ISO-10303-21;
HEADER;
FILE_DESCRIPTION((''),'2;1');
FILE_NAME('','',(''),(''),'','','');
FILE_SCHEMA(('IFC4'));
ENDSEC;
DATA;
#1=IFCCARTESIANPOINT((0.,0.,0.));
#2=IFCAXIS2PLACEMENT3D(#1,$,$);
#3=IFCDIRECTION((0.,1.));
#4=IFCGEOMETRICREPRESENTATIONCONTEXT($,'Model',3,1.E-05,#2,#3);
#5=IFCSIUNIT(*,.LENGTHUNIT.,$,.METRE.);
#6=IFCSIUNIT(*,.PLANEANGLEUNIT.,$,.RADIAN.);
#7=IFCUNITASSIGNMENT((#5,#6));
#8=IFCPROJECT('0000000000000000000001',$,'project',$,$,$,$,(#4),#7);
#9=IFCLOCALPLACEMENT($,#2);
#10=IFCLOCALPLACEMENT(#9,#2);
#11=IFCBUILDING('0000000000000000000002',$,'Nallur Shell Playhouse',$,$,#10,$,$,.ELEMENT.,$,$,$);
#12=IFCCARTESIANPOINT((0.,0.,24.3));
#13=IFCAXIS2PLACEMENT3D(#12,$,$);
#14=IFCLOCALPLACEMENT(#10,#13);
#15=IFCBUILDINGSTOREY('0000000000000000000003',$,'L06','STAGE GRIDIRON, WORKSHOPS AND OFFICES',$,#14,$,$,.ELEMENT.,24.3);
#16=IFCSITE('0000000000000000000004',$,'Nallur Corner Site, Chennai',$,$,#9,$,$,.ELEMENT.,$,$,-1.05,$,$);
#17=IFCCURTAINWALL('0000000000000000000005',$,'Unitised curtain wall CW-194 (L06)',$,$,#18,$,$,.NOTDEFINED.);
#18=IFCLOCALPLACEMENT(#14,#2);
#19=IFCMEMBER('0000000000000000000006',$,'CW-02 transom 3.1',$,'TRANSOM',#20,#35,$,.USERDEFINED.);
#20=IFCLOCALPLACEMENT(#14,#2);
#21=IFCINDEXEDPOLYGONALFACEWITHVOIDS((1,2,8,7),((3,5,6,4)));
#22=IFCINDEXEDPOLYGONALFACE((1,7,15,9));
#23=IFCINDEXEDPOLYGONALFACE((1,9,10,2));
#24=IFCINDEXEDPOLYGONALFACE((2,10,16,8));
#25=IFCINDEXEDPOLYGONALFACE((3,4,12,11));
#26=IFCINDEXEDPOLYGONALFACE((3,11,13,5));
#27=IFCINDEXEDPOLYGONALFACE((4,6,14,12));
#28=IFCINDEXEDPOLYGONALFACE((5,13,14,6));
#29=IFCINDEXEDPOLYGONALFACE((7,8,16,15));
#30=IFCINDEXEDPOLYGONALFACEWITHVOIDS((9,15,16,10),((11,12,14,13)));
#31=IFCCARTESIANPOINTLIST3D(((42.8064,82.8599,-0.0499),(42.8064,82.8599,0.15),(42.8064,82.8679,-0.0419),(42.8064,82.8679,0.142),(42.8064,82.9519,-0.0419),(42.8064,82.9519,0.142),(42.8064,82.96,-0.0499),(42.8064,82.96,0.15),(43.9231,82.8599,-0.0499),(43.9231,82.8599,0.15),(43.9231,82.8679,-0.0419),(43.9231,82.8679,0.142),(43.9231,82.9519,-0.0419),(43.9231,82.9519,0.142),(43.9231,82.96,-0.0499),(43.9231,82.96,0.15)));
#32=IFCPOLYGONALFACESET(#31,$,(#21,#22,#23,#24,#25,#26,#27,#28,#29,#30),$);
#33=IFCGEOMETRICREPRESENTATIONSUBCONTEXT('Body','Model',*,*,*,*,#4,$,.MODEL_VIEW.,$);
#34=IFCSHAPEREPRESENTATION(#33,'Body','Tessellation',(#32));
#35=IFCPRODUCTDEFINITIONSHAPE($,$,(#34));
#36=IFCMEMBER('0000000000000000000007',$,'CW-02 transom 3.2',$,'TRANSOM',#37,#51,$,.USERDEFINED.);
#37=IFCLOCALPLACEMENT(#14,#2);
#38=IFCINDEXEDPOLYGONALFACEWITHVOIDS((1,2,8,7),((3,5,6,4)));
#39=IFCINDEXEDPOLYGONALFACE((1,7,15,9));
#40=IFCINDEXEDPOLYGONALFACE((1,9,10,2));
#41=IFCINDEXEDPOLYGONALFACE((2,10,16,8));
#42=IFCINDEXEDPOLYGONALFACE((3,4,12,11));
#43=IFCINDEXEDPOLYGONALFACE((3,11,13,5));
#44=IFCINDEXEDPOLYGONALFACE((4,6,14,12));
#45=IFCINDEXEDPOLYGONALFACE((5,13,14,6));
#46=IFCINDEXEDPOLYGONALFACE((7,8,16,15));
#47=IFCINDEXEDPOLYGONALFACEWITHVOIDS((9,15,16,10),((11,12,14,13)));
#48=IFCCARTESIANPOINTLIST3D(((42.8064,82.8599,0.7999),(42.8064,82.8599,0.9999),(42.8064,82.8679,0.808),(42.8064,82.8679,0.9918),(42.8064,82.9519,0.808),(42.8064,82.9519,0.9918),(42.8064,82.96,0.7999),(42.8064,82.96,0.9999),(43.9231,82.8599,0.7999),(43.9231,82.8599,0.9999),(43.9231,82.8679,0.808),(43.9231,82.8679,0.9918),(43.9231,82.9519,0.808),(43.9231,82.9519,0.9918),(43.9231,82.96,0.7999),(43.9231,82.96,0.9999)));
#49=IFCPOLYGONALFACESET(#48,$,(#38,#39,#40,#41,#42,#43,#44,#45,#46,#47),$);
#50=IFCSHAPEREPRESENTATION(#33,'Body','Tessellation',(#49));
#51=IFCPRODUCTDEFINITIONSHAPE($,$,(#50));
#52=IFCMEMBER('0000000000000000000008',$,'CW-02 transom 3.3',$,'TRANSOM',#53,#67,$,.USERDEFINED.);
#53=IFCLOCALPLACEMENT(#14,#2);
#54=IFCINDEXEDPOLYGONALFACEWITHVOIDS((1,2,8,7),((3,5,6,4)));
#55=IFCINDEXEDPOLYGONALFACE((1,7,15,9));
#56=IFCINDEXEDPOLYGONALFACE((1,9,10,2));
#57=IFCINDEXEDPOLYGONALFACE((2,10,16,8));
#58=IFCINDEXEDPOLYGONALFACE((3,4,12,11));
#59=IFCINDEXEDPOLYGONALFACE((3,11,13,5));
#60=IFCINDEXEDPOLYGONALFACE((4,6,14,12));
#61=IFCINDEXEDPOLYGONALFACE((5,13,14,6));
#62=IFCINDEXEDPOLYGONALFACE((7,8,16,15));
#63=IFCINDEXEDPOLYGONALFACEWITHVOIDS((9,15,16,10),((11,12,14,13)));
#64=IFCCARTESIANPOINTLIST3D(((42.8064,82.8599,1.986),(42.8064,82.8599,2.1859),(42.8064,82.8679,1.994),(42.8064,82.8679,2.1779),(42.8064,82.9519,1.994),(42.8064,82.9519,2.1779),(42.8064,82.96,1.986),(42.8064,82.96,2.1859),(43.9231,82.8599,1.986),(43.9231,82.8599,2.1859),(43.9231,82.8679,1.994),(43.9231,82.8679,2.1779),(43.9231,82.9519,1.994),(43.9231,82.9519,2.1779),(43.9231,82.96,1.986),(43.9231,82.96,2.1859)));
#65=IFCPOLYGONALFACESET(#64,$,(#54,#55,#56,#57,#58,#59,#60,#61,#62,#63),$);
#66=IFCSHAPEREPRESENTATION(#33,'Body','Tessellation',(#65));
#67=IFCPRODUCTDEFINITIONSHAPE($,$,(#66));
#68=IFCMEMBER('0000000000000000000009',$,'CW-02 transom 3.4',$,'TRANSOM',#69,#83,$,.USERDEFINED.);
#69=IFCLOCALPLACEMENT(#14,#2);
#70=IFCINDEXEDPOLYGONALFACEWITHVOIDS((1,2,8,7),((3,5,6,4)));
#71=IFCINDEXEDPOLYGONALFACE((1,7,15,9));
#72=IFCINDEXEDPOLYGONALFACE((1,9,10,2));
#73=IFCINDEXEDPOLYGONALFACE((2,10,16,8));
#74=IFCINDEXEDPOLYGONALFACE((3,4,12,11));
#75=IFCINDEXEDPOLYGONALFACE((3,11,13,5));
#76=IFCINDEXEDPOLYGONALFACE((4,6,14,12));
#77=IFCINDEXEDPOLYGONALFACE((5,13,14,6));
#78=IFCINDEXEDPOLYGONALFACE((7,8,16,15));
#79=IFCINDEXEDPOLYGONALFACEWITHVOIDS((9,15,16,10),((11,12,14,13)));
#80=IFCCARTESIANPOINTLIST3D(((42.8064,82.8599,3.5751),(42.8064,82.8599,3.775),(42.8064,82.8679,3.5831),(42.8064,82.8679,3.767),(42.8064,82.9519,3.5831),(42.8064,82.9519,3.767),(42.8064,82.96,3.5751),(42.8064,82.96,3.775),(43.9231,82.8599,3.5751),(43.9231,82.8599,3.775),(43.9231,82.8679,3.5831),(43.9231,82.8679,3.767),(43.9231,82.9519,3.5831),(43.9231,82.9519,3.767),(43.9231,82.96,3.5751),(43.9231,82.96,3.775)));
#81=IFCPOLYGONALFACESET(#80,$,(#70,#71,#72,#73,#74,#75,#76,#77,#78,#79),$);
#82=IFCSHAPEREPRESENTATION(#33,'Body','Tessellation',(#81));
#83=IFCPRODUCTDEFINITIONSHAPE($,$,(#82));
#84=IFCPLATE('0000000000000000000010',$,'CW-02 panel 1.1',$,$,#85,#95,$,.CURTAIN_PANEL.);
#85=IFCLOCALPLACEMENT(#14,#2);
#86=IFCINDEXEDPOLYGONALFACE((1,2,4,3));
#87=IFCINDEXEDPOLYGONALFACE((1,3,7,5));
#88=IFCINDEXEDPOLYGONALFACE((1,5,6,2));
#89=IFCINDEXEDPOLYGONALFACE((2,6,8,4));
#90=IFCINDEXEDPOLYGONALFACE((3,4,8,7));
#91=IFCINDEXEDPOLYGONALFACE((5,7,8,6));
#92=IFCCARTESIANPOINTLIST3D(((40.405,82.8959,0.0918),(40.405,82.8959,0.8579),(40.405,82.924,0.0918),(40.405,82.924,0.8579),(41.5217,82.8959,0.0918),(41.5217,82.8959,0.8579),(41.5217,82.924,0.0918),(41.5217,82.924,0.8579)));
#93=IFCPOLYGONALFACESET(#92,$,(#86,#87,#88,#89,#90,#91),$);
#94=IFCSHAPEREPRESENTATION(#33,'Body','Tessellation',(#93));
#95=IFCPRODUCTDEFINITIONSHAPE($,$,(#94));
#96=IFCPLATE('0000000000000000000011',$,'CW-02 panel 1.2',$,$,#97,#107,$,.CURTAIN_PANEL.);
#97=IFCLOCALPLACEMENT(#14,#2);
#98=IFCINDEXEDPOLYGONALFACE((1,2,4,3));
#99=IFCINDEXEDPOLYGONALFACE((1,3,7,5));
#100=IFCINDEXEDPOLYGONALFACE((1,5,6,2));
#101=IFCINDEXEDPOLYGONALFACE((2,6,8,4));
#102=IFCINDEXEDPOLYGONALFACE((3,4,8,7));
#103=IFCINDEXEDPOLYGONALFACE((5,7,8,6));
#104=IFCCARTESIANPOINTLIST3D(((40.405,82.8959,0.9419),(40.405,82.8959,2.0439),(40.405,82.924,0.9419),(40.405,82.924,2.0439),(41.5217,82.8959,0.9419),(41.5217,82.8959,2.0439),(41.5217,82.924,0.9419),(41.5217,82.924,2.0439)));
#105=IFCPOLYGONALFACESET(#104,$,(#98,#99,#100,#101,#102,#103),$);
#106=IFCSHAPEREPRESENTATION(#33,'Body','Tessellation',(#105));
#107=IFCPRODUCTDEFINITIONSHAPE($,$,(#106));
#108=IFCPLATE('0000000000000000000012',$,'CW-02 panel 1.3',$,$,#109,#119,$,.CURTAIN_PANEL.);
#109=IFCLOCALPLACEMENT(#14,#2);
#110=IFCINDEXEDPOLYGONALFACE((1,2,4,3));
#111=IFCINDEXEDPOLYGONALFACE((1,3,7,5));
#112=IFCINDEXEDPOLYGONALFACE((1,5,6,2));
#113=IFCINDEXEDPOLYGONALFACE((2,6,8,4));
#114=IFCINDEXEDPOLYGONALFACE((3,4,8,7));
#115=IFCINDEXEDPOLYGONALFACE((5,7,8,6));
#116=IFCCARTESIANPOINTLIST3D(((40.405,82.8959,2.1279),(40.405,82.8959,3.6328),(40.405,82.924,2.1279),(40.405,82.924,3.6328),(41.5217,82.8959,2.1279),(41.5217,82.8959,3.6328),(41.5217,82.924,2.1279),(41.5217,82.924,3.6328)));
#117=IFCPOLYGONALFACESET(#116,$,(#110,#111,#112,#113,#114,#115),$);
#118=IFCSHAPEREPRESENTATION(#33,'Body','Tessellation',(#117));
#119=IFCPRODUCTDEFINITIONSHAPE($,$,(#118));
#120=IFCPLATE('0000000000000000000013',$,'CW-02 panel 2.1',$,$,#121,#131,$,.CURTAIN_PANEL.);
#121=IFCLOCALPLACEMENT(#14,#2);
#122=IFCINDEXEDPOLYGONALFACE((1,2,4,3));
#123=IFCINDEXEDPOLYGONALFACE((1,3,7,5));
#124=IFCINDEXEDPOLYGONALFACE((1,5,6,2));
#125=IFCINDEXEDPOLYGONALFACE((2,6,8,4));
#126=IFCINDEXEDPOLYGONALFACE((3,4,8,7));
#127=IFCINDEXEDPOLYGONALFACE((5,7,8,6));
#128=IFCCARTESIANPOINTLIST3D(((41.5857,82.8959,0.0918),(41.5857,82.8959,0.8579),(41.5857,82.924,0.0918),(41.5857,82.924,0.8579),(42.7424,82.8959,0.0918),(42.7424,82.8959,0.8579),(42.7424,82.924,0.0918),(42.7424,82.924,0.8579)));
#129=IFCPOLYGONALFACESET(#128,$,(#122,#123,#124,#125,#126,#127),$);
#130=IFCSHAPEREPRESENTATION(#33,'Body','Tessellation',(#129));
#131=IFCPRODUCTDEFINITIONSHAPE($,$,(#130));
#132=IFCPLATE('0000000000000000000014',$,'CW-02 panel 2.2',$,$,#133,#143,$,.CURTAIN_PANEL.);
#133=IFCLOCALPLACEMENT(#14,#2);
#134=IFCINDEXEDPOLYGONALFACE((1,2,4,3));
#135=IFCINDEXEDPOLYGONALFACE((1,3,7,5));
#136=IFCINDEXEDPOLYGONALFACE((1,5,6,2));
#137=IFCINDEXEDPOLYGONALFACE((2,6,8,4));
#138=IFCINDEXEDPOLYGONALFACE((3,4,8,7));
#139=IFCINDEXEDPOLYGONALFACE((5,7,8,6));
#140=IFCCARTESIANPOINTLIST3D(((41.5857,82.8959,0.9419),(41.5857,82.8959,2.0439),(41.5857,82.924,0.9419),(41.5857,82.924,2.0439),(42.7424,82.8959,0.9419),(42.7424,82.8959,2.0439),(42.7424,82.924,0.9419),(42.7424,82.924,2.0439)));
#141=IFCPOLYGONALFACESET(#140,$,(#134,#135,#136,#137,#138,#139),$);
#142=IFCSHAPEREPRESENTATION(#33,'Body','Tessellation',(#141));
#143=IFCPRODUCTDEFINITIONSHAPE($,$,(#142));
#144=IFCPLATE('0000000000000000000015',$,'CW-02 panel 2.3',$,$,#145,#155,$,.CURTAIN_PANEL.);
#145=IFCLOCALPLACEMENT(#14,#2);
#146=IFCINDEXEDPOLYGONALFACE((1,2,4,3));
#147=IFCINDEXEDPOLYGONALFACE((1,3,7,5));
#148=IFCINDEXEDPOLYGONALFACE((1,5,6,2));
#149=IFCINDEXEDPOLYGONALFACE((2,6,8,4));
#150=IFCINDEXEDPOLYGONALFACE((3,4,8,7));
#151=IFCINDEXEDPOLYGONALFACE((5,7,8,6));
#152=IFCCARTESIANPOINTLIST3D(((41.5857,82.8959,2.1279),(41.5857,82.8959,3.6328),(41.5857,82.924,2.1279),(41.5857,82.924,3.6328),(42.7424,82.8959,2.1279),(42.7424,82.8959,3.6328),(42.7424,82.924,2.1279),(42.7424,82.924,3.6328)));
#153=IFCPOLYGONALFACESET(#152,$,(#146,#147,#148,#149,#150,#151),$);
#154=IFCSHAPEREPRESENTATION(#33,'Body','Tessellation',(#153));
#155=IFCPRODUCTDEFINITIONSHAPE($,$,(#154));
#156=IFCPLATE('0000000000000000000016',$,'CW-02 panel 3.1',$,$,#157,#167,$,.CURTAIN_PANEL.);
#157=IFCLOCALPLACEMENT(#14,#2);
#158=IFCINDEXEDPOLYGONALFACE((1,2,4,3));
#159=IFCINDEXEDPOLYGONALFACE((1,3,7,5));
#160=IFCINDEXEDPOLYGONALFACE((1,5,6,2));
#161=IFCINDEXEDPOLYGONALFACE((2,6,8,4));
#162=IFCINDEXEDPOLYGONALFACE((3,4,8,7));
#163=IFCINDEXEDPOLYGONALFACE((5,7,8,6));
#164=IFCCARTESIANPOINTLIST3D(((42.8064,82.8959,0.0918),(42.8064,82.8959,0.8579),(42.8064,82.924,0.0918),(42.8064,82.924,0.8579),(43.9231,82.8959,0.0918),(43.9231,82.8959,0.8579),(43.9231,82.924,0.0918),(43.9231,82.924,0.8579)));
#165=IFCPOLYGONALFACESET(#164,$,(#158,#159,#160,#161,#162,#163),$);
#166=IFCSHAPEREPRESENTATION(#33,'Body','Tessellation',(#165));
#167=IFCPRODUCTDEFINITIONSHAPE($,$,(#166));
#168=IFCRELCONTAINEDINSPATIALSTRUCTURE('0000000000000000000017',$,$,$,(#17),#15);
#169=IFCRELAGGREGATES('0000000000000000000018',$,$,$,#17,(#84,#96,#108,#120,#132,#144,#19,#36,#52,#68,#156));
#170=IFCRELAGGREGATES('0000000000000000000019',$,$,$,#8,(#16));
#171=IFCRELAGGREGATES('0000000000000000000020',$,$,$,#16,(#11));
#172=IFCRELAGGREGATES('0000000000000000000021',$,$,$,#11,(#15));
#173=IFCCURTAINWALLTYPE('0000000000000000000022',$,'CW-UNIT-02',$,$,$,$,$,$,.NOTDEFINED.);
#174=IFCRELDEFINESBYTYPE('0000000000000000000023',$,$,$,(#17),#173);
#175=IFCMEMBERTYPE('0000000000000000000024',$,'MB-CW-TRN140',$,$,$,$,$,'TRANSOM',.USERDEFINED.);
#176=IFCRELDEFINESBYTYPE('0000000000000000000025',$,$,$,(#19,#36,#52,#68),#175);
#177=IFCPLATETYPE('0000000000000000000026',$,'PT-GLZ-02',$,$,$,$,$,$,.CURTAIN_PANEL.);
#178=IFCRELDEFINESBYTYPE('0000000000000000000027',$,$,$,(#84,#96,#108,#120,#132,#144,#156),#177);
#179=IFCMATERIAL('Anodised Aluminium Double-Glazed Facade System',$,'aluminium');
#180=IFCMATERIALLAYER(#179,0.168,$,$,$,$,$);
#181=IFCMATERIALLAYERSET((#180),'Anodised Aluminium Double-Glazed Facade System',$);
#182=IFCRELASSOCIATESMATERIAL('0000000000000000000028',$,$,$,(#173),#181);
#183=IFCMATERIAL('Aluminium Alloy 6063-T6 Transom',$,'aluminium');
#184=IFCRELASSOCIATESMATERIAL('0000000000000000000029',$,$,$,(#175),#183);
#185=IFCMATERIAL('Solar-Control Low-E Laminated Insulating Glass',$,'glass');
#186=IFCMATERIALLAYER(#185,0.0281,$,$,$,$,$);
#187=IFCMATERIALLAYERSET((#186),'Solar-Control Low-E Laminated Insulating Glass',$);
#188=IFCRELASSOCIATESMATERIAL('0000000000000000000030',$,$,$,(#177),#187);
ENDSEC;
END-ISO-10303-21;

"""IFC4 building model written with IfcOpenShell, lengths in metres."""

from ifc_helpers import new_model, si_unit, direction, frame, origin, origin_2d, place, context, subcontext, project, spatial, rectangle, hollow_rectangle, extrude, material, layer, layer_set, material_profile, profile_set, type_object, element, aggregate, save


model = new_model("IFC4")

# Units and contexts
model_context = context("Model", 3, precision=1e-05, world=origin(), true_north=direction((0.0, 1.0)))
body_context = subcontext(model_context, "Body", "Model", "MODEL_VIEW")
ifc_project = project(units=[si_unit("LENGTHUNIT", "METRE"), si_unit("PLANEANGLEUNIT", "RADIAN")], contexts=[model_context])

# Site, building, storey
site_placement = place(None, origin())
site = spatial("IfcSite", under=ifc_project, at=site_placement, Name="Nallur Corner Site, Chennai", CompositionType="ELEMENT", RefElevation=-1.05)
building_placement = place(site_placement, origin())
building = spatial("IfcBuilding", under=site, at=building_placement, Name="Nallur Shell Playhouse", CompositionType="ELEMENT")
storey_placement = place(building_placement, frame((0.0, 0.0, 24.3)))
storey = spatial("IfcBuildingStorey", under=building, at=storey_placement, Name="L06", Description="STAGE GRIDIRON, WORKSHOPS AND OFFICES", CompositionType="ELEMENT", Elevation=24.3)

# Curtain wall, members, plates
ifc_material_1 = material(Name="Anodised Aluminium Double-Glazed Facade System", Category="aluminium")
ifc_layer_1 = layer(ifc_material_1, 0.168)
ifc_layer_set_1 = layer_set([ifc_layer_1], Name="Anodised Aluminium Double-Glazed Facade System")
curtain_wall_type = type_object("IfcCurtainWallType", Name="CW-UNIT-02", PredefinedType="NOTDEFINED", material=ifc_layer_set_1)
curtain_wall_placement = place(storey_placement, origin())
curtain_wall = element("IfcCurtainWall", 1, at=curtain_wall_placement, inside=storey, type_object=curtain_wall_type, Name="Unitised curtain wall CW-194 (L06)", PredefinedType="NOTDEFINED")
ifc_material_2 = material(Name="Aluminium Alloy 6063-T6 Transom", Category="aluminium")
ifc_material_profile_1 = material_profile(ifc_material_2, hollow_rectangle(XDim=0.1001, YDim=0.2, WallThickness=0.0081, at=origin_2d()), Name="RHS 200x100x8")
ifc_profile_set_1 = profile_set([ifc_material_profile_1], Name="Aluminium Alloy 6063-T6 Transom")
member_type_1 = type_object("IfcMemberType", Name="MB-CW-TRN140", ElementType="TRANSOM", PredefinedType="USERDEFINED", material=ifc_profile_set_1)
member_1_placement = place(storey_placement, frame((42.8064, 82.9099, 0.05), z_axis=(1.0, 0.0, 0.0), x_axis=(0.0, 1.0, 0.0)))
member_1 = element("IfcMember", 2, at=member_1_placement, type_object=member_type_1, Name="CW-02 transom 3.1", ObjectType="TRANSOM", PredefinedType="USERDEFINED", context=body_context, shape_type="SweptSolid", body=[
    extrude(hollow_rectangle(XDim=0.1001, YDim=0.2, WallThickness=0.0081, at=origin_2d()), origin(), (0.0, 0.0, 1.0), 1.1167),
])
member_2_placement = place(storey_placement, frame((42.8064, 82.9099, 0.8999), z_axis=(1.0, 0.0, 0.0), x_axis=(0.0, 1.0, 0.0)))
member_2 = element("IfcMember", 3, at=member_2_placement, type_object=member_type_1, Name="CW-02 transom 3.2", ObjectType="TRANSOM", PredefinedType="USERDEFINED", context=body_context, shape_type="SweptSolid", body=[
    extrude(hollow_rectangle(XDim=0.1001, YDim=0.2, WallThickness=0.0081, at=origin_2d()), origin(), (0.0, 0.0, 1.0), 1.1167),
])
member_3_placement = place(storey_placement, frame((42.8064, 82.9099, 2.0859), z_axis=(1.0, 0.0, 0.0), x_axis=(0.0, 1.0, 0.0)))
member_3 = element("IfcMember", 4, at=member_3_placement, type_object=member_type_1, Name="CW-02 transom 3.3", ObjectType="TRANSOM", PredefinedType="USERDEFINED", context=body_context, shape_type="SweptSolid", body=[
    extrude(hollow_rectangle(XDim=0.1001, YDim=0.2, WallThickness=0.0081, at=origin_2d()), origin(), (0.0, 0.0, 1.0), 1.1167),
])
member_4_placement = place(storey_placement, frame((42.8064, 82.9099, 3.675), z_axis=(1.0, 0.0, 0.0), x_axis=(0.0, 1.0, 0.0)))
member_4 = element("IfcMember", 5, at=member_4_placement, type_object=member_type_1, Name="CW-02 transom 3.4", ObjectType="TRANSOM", PredefinedType="USERDEFINED", context=body_context, shape_type="SweptSolid", body=[
    extrude(hollow_rectangle(XDim=0.1001, YDim=0.2, WallThickness=0.0081, at=origin_2d()), origin(), (0.0, 0.0, 1.0), 1.1167),
])
ifc_material_3 = material(Name="Solar-Control Low-E Laminated Insulating Glass", Category="glass")
ifc_layer_2 = layer(ifc_material_3, 0.0281)
ifc_layer_set_2 = layer_set([ifc_layer_2], Name="Solar-Control Low-E Laminated Insulating Glass")
plate_type = type_object("IfcPlateType", Name="PT-GLZ-02", PredefinedType="CURTAIN_PANEL", material=ifc_layer_set_2)
plate_1_placement = place(storey_placement, frame((40.9634, 82.9099, 0.0918), z_axis=(0.0, 0.0, 1.0), x_axis=(1.0, 0.0, 0.0)))
plate_1 = element("IfcPlate", 6, at=plate_1_placement, type_object=plate_type, Name="CW-02 panel 1.1", PredefinedType="CURTAIN_PANEL", context=body_context, shape_type="SweptSolid", body=[
    extrude(rectangle(XDim=1.1167, YDim=0.0281, at=origin_2d()), origin(), (0.0, 0.0, 1.0), 0.7661),
])
plate_2_placement = place(storey_placement, frame((40.9634, 82.9099, 0.9419), z_axis=(0.0, 0.0, 1.0), x_axis=(1.0, 0.0, 0.0)))
plate_2 = element("IfcPlate", 7, at=plate_2_placement, type_object=plate_type, Name="CW-02 panel 1.2", PredefinedType="CURTAIN_PANEL", context=body_context, shape_type="SweptSolid", body=[
    extrude(rectangle(XDim=1.1167, YDim=0.0281, at=origin_2d()), origin(), (0.0, 0.0, 1.0), 1.1021),
])
plate_3_placement = place(storey_placement, frame((40.9634, 82.9099, 2.1279), z_axis=(0.0, 0.0, 1.0), x_axis=(1.0, 0.0, 0.0)))
plate_3 = element("IfcPlate", 8, at=plate_3_placement, type_object=plate_type, Name="CW-02 panel 1.3", PredefinedType="CURTAIN_PANEL", context=body_context, shape_type="SweptSolid", body=[
    extrude(rectangle(XDim=1.1167, YDim=0.0281, at=origin_2d()), origin(), (0.0, 0.0, 1.0), 1.5049),
])
plate_4_placement = place(storey_placement, frame((42.1641, 82.9099, 0.0918), z_axis=(0.0, 0.0, 1.0), x_axis=(1.0, 0.0, 0.0)))
plate_4 = element("IfcPlate", 9, at=plate_4_placement, type_object=plate_type, Name="CW-02 panel 2.1", PredefinedType="CURTAIN_PANEL", context=body_context, shape_type="SweptSolid", body=[
    extrude(rectangle(XDim=1.1567, YDim=0.0281, at=origin_2d()), origin(), (0.0, 0.0, 1.0), 0.7661),
])
plate_5_placement = place(storey_placement, frame((42.1641, 82.9099, 0.9419), z_axis=(0.0, 0.0, 1.0), x_axis=(1.0, 0.0, 0.0)))
plate_5 = element("IfcPlate", 10, at=plate_5_placement, type_object=plate_type, Name="CW-02 panel 2.2", PredefinedType="CURTAIN_PANEL", context=body_context, shape_type="SweptSolid", body=[
    extrude(rectangle(XDim=1.1567, YDim=0.0281, at=origin_2d()), origin(), (0.0, 0.0, 1.0), 1.1021),
])
plate_6_placement = place(storey_placement, frame((42.1641, 82.9099, 2.1279), z_axis=(0.0, 0.0, 1.0), x_axis=(1.0, 0.0, 0.0)))
plate_6 = element("IfcPlate", 11, at=plate_6_placement, type_object=plate_type, Name="CW-02 panel 2.3", PredefinedType="CURTAIN_PANEL", context=body_context, shape_type="SweptSolid", body=[
    extrude(rectangle(XDim=1.1567, YDim=0.0281, at=origin_2d()), origin(), (0.0, 0.0, 1.0), 1.5049),
])
plate_7_placement = place(storey_placement, frame((43.3647, 82.9099, 0.0918), z_axis=(0.0, 0.0, 1.0), x_axis=(1.0, 0.0, 0.0)))
plate_7 = element("IfcPlate", 12, at=plate_7_placement, type_object=plate_type, Name="CW-02 panel 3.1", PredefinedType="CURTAIN_PANEL", context=body_context, shape_type="SweptSolid", body=[
    extrude(rectangle(XDim=1.1167, YDim=0.0281, at=origin_2d()), origin(), (0.0, 0.0, 1.0), 0.7661),
])
aggregate(curtain_wall, [plate_1, plate_2, plate_3, plate_4, plate_5, plate_6, member_1, member_2, member_3, member_4, plate_7])

save(model, "model.ifc")
